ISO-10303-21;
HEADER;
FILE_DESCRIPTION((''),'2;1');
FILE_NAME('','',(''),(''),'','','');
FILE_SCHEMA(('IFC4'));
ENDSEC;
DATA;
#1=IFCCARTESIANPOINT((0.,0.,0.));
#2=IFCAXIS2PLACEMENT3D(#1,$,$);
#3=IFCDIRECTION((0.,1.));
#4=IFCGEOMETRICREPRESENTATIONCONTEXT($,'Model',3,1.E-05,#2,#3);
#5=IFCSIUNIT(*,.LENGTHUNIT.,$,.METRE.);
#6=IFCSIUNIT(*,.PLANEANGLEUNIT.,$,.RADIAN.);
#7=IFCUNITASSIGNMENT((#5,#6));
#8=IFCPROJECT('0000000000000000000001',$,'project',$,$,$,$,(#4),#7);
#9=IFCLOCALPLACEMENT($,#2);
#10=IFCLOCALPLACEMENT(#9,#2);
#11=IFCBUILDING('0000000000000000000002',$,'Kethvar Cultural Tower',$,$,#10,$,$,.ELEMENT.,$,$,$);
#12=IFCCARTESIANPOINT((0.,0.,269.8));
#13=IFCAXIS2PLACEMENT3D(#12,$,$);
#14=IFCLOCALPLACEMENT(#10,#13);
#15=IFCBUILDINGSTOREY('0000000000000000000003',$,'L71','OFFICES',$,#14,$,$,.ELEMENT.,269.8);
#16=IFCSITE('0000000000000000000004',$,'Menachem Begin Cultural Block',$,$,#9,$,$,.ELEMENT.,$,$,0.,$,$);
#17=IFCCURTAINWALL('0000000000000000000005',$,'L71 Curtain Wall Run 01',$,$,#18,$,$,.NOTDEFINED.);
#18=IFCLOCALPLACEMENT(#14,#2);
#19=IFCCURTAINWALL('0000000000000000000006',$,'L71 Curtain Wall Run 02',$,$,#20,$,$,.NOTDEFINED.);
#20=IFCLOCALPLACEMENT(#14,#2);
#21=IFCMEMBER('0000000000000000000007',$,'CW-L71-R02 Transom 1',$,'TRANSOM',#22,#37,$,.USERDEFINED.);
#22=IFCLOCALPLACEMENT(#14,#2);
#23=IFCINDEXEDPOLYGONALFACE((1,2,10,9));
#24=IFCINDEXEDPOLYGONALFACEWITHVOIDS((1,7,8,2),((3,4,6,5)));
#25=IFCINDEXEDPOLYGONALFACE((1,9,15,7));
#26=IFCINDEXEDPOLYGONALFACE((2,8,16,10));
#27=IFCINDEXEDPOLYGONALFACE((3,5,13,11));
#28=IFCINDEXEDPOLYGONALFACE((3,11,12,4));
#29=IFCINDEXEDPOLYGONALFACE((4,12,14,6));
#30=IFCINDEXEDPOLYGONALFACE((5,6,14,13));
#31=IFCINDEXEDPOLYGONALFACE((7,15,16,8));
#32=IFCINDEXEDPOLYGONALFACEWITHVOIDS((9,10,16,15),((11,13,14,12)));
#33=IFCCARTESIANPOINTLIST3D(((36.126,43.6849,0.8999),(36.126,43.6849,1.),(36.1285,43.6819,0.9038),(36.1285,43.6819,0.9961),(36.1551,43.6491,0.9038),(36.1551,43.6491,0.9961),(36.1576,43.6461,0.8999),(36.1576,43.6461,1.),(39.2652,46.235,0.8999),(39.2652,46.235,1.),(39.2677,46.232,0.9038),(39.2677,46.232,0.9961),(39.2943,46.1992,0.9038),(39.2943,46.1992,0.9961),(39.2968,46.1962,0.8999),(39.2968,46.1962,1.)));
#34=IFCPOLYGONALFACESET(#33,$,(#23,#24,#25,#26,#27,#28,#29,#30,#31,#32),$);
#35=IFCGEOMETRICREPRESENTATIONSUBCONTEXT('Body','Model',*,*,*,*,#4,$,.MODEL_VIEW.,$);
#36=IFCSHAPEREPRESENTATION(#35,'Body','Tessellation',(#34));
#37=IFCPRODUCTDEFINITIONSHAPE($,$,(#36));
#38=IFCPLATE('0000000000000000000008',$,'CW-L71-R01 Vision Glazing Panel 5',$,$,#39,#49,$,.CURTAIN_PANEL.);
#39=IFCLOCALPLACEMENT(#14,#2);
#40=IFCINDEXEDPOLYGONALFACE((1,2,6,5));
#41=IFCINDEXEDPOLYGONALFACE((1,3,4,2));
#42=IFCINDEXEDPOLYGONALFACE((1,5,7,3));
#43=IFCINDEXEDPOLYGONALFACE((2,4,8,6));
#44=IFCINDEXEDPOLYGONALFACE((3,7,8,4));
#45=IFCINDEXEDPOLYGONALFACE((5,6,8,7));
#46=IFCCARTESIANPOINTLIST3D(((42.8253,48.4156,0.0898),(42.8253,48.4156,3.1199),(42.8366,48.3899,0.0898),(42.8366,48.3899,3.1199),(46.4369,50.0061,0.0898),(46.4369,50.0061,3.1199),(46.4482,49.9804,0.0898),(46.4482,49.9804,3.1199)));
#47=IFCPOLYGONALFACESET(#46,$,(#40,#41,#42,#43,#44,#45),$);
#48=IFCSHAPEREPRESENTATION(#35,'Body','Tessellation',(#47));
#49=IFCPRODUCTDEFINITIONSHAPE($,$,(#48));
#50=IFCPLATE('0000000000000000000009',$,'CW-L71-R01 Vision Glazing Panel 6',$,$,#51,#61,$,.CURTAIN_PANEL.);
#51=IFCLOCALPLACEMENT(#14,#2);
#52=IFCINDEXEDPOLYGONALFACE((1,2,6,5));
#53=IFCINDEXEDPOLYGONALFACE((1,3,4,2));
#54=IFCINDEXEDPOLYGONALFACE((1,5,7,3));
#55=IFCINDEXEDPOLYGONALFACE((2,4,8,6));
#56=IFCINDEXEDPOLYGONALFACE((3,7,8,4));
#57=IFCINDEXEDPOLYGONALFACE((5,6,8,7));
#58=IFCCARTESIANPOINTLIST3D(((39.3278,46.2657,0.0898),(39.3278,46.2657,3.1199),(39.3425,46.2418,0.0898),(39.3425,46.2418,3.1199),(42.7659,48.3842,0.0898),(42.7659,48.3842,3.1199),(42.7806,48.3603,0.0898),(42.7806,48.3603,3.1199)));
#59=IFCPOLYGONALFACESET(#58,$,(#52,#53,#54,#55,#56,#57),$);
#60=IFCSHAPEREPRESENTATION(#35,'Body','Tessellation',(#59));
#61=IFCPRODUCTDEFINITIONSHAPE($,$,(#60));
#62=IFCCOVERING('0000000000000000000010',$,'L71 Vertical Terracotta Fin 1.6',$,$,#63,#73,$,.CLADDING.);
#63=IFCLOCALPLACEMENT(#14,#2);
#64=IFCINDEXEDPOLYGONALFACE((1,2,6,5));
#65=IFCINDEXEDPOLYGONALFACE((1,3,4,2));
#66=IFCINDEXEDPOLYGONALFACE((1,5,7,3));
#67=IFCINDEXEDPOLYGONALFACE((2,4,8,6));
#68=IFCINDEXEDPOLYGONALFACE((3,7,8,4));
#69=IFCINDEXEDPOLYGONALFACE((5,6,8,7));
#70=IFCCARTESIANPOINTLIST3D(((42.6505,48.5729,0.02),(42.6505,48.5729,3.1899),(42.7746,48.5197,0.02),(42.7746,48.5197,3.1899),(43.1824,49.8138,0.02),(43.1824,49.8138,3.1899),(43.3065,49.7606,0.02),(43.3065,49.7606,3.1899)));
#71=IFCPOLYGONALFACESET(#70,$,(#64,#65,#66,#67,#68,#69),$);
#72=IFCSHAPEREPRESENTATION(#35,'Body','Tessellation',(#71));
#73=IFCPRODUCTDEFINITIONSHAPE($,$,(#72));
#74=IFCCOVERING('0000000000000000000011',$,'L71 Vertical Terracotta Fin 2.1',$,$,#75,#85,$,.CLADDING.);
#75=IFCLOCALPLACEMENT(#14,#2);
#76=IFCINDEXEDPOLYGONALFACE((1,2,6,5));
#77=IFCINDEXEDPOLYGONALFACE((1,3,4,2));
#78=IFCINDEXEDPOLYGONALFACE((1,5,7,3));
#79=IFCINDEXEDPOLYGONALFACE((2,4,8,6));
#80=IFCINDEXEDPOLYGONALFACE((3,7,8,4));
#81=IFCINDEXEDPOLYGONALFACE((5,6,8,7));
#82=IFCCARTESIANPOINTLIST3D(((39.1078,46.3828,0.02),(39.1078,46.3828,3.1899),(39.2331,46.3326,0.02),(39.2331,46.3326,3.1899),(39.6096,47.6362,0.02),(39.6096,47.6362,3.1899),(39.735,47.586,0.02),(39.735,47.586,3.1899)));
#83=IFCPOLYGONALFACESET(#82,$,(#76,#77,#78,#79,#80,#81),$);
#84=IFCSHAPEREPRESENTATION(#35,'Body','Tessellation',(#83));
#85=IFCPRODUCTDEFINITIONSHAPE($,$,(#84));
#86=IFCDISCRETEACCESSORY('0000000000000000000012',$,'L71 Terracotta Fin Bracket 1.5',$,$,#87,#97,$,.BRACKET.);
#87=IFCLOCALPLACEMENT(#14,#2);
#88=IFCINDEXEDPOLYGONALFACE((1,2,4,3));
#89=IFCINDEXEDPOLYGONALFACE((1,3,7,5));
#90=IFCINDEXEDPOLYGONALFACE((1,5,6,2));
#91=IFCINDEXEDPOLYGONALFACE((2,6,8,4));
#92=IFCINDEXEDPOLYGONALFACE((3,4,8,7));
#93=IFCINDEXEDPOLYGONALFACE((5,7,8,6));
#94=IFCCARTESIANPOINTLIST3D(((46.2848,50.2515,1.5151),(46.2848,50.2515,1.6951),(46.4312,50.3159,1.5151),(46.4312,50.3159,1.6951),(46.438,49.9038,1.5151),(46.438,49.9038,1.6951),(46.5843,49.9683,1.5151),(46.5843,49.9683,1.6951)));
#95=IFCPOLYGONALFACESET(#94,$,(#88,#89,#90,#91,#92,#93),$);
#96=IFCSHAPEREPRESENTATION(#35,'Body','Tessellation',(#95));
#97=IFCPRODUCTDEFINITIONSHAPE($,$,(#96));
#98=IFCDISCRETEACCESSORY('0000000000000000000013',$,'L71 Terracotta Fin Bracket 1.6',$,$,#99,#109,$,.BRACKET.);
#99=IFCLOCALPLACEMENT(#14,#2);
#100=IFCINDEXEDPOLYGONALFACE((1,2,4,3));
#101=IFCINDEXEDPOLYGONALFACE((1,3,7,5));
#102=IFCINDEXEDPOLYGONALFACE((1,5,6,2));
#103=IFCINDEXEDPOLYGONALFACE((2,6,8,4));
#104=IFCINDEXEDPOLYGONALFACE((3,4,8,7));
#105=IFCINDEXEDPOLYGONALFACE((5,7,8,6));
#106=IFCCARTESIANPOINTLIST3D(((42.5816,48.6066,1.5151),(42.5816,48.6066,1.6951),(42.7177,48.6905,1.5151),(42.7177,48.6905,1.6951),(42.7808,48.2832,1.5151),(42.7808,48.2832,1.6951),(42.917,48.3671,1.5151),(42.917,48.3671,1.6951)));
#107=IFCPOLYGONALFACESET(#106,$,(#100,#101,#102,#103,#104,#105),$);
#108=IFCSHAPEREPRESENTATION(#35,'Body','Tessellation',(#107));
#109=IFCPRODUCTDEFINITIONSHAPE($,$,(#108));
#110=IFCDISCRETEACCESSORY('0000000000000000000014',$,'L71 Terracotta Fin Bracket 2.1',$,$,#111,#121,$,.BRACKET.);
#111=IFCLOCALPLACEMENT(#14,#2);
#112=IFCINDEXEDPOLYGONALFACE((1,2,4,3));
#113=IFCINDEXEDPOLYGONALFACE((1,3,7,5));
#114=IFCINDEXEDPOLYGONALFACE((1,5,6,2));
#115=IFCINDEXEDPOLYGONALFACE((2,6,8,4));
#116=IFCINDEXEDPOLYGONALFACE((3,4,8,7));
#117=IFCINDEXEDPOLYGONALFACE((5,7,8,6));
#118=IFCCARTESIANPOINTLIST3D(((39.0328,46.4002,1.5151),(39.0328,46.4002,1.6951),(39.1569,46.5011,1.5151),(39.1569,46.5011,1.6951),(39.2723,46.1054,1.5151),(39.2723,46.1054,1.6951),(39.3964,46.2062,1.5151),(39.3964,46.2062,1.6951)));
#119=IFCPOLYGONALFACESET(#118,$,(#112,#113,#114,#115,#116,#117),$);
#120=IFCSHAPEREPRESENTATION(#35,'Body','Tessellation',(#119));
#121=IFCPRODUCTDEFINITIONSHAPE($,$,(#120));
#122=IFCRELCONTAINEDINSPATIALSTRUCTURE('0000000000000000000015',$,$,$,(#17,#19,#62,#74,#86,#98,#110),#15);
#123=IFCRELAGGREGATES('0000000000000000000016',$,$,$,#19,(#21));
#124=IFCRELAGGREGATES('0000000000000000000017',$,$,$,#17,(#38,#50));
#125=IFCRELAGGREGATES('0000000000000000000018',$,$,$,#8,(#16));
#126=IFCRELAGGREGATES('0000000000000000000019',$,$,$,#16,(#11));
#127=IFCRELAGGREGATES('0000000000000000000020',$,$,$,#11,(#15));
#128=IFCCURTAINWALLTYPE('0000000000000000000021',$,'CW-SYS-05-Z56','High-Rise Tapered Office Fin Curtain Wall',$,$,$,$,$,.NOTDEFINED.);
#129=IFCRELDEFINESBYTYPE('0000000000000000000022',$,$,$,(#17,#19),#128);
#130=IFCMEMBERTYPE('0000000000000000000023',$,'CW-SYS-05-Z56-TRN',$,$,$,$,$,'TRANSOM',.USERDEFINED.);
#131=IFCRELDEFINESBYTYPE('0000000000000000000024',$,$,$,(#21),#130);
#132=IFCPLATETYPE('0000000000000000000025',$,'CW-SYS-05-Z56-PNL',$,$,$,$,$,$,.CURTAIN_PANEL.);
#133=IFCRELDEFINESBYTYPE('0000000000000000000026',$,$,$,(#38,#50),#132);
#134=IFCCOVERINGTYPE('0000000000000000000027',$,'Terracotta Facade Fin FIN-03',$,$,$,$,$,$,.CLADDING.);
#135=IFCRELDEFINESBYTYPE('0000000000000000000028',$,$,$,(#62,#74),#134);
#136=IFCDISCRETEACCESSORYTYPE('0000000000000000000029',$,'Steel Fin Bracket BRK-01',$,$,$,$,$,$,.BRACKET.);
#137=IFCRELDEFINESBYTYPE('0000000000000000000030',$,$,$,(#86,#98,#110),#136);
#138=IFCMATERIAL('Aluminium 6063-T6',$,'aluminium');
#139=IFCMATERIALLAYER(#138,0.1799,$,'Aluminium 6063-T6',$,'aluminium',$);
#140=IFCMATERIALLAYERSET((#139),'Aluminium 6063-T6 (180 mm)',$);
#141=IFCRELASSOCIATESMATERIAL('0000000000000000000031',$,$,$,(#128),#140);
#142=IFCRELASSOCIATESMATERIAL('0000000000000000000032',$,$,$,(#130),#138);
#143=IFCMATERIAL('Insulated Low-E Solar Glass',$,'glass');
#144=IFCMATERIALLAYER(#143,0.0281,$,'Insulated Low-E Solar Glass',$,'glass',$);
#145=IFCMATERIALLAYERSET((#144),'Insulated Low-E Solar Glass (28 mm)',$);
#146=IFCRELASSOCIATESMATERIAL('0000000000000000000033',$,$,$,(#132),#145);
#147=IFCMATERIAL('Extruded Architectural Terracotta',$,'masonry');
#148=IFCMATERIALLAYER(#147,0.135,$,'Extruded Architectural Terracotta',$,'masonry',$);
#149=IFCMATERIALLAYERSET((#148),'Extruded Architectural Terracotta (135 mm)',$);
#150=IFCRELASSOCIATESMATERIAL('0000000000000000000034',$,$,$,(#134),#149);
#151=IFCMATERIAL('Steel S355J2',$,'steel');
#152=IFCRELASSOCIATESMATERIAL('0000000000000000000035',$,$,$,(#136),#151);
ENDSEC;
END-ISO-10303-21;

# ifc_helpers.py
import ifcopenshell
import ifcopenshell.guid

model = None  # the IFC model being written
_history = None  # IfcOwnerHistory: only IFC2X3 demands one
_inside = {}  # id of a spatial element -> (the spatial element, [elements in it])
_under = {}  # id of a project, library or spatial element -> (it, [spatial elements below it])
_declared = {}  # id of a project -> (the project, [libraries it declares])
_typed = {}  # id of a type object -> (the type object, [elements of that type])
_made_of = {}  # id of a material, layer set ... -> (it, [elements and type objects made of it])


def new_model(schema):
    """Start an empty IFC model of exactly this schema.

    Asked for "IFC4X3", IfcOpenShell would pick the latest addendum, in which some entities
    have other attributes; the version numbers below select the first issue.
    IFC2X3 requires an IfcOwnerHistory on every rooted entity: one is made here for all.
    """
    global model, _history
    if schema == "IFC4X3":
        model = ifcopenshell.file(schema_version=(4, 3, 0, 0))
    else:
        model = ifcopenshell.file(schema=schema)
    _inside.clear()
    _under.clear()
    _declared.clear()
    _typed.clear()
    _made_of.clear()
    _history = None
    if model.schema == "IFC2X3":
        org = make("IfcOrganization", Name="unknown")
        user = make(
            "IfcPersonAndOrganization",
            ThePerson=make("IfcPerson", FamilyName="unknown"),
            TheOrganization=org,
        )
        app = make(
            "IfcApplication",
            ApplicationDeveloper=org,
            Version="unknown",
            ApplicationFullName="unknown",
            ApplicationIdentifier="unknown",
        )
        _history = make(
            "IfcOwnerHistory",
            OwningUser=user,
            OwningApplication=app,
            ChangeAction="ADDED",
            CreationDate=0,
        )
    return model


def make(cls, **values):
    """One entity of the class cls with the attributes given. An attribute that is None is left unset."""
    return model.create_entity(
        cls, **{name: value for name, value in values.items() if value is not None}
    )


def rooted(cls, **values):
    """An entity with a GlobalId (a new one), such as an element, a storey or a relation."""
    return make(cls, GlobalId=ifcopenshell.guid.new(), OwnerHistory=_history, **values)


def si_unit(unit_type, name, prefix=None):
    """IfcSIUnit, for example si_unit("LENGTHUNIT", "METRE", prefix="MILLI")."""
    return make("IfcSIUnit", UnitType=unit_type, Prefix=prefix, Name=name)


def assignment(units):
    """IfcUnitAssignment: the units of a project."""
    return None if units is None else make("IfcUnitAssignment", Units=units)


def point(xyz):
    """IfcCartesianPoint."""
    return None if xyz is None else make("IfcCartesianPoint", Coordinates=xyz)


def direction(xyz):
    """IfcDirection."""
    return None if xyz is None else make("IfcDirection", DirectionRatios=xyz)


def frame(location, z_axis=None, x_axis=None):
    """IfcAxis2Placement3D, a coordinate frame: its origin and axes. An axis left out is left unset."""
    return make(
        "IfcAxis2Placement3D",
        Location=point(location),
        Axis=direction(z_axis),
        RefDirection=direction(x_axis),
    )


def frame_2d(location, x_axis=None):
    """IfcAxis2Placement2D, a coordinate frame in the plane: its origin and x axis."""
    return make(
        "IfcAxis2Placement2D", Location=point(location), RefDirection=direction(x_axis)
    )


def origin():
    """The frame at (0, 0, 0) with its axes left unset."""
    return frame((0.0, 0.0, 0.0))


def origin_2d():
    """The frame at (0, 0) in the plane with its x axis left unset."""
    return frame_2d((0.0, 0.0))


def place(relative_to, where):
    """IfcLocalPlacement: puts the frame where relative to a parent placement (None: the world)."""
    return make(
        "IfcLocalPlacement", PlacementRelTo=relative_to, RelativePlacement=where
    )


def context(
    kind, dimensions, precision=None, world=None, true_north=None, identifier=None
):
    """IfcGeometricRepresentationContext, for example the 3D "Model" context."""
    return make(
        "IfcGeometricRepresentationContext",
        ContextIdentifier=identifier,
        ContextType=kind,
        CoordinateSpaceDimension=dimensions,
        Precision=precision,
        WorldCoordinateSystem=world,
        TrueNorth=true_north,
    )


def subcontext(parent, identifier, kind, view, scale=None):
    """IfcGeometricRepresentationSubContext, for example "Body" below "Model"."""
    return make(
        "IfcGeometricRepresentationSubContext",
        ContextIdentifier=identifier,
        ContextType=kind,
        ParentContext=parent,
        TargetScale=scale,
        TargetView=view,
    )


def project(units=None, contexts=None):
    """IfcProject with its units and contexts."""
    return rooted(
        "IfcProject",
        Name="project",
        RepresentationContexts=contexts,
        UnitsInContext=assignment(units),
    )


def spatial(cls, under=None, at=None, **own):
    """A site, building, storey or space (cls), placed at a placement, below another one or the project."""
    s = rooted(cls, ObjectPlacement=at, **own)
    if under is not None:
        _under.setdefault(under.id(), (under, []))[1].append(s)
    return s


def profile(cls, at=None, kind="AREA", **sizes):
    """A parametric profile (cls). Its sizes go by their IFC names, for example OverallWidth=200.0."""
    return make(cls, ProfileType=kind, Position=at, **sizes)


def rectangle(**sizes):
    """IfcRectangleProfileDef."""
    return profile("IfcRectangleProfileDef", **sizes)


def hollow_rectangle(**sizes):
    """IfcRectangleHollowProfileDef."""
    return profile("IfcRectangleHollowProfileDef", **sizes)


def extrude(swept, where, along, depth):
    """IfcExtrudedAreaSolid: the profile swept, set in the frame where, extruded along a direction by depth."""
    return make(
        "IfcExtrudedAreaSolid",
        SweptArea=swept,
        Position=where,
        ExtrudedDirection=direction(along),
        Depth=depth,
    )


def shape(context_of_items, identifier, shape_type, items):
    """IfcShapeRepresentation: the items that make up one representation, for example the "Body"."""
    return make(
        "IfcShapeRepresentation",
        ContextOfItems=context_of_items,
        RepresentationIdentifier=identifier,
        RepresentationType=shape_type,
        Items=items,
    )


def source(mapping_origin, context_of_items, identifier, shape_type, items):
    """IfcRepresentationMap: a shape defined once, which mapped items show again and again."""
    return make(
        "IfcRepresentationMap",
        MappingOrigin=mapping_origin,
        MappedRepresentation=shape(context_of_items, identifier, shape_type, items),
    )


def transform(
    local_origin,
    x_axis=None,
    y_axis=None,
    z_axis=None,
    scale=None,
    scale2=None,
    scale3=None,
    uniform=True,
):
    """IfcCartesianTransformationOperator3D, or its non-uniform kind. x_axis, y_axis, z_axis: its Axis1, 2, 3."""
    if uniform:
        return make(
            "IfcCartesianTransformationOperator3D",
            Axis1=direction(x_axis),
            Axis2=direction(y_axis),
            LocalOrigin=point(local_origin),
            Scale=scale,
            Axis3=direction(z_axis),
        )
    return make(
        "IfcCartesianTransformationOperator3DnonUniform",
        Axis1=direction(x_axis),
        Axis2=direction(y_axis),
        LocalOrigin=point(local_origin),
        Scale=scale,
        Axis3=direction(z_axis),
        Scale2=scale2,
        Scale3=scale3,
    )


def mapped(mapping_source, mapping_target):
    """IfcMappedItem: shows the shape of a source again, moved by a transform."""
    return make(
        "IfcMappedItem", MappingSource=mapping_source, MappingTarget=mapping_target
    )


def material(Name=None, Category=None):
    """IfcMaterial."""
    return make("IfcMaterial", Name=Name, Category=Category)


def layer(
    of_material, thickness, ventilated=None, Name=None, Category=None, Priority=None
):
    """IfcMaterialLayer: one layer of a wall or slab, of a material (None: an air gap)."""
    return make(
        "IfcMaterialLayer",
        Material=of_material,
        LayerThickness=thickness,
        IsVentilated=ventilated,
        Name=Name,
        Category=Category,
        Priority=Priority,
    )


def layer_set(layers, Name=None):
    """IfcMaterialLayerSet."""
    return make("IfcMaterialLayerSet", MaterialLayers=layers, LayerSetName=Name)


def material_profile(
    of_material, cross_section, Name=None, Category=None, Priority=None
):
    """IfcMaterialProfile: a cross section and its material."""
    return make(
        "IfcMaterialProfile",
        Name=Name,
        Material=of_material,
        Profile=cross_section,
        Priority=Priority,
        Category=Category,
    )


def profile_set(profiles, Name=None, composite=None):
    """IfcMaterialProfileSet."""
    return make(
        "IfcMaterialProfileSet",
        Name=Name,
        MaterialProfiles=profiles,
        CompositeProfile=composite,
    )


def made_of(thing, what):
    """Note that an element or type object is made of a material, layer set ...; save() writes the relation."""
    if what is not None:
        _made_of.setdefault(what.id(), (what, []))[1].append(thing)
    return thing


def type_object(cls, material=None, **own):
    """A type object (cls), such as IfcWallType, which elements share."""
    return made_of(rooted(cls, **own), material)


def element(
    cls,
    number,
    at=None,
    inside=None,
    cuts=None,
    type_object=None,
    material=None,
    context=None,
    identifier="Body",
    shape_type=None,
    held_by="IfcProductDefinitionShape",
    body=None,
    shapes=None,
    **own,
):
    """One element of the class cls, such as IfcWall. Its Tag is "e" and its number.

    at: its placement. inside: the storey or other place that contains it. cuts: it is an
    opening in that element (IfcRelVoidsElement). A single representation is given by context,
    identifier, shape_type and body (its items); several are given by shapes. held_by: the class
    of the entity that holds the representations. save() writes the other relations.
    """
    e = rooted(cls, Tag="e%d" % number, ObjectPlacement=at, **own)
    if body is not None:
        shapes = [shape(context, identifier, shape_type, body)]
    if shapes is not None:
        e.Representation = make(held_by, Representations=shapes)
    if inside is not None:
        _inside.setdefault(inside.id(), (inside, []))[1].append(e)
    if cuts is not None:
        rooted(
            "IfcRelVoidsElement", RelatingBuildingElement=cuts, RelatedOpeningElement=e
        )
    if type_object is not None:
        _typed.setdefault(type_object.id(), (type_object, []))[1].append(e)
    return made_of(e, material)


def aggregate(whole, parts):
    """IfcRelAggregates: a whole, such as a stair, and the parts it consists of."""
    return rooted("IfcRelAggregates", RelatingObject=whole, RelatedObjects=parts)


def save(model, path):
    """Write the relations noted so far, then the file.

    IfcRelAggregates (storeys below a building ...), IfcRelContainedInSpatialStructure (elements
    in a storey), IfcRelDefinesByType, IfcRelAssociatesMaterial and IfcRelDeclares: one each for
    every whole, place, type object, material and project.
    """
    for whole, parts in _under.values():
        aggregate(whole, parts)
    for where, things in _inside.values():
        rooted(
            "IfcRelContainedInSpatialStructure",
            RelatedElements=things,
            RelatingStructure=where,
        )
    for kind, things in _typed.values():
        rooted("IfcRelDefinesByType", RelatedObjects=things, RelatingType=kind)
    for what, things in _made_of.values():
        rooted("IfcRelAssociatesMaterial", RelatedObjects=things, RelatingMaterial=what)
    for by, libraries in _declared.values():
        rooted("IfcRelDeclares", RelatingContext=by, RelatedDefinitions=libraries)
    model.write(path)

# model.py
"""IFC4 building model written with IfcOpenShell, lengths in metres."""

from ifc_helpers import new_model, si_unit, direction, frame, origin, origin_2d, place, context, subcontext, project, spatial, rectangle, hollow_rectangle, extrude, source, transform, mapped, material, layer, layer_set, material_profile, profile_set, type_object, element, aggregate, save


model = new_model("IFC4")

# Units and contexts
model_context = context("Model", 3, precision=1e-05, world=origin(), true_north=direction((0.0, 1.0)))
body_context = subcontext(model_context, "Body", "Model", "MODEL_VIEW")
ifc_project = project(units=[si_unit("LENGTHUNIT", "METRE"), si_unit("PLANEANGLEUNIT", "RADIAN")], contexts=[model_context])

# Site, building, storey
site_placement = place(None, origin())
site = spatial("IfcSite", under=ifc_project, at=site_placement, Name="Menachem Begin Cultural Block", CompositionType="ELEMENT", RefElevation=0.0)
building_placement = place(site_placement, origin())
building = spatial("IfcBuilding", under=site, at=building_placement, Name="Kethvar Cultural Tower", CompositionType="ELEMENT")
storey_placement = place(building_placement, frame((0.0, 0.0, 269.8)))
storey = spatial("IfcBuildingStorey", under=building, at=storey_placement, Name="L71", Description="OFFICES", CompositionType="ELEMENT", Elevation=269.8)

# Shared definitions
ifc_material_1 = material(Name="Steel S355J2", Category="steel")

# Curtain wall
ifc_material_2 = material(Name="Aluminium 6063-T6", Category="aluminium")
ifc_layer_1 = layer(ifc_material_2, 0.1799, Name="Aluminium 6063-T6", Category="aluminium")
ifc_layer_set_1 = layer_set([ifc_layer_1], Name="Aluminium 6063-T6 (180 mm)")
curtain_wall_type = type_object("IfcCurtainWallType", Name="CW-SYS-05-Z56", Description="High-Rise Tapered Office Fin Curtain Wall", PredefinedType="NOTDEFINED", material=ifc_layer_set_1)
curtain_wall_1_placement = place(storey_placement, origin())
curtain_wall_1 = element("IfcCurtainWall", 1, at=curtain_wall_1_placement, inside=storey, type_object=curtain_wall_type, Name="L71 Curtain Wall Run 01", PredefinedType="NOTDEFINED")

# Curtain wall
curtain_wall_2_placement = place(storey_placement, origin())
curtain_wall_2 = element("IfcCurtainWall", 2, at=curtain_wall_2_placement, inside=storey, type_object=curtain_wall_type, Name="L71 Curtain Wall Run 02", PredefinedType="NOTDEFINED")

# Member
ifc_material_profile_1 = material_profile(ifc_material_2, hollow_rectangle(XDim=0.05, YDim=0.1001, WallThickness=0.0039, at=origin_2d()), Name="Aluminium 6063-T6 — RHS100x50x4")
ifc_profile_set_1 = profile_set([ifc_material_profile_1], Name="Aluminium 6063-T6 — RHS100x50x4")
member_type_1 = type_object("IfcMemberType", Name="CW-SYS-05-Z56-TRN", ElementType="TRANSOM", PredefinedType="USERDEFINED", material=ifc_profile_set_1)
shared_shape_1 = source(origin(), body_context, "Body", "SweptSolid", [
    extrude(hollow_rectangle(XDim=0.05, YDim=0.1001, WallThickness=0.0039, at=origin_2d()), origin(), (0.0, 0.0, 1.0), 4.0444),
])
member_1_placement = place(storey_placement, frame((39.281, 46.2156, 0.95), z_axis=(-0.776177, -0.630515, 0.0), x_axis=(0.630515, -0.776177, 0.0)))
member_1 = element("IfcMember", 3, at=member_1_placement, type_object=member_type_1, Name="CW-L71-R02 Transom 1", ObjectType="TRANSOM", PredefinedType="USERDEFINED", context=body_context, shape_type="MappedRepresentation", body=[
    mapped(shared_shape_1, transform((0.0, 0.0, 0.0), scale=1.0)),
])
aggregate(curtain_wall_2, [member_1])

# Plates
ifc_material_3 = material(Name="Insulated Low-E Solar Glass", Category="glass")
ifc_layer_2 = layer(ifc_material_3, 0.0281, Name="Insulated Low-E Solar Glass", Category="glass")
ifc_layer_set_2 = layer_set([ifc_layer_2], Name="Insulated Low-E Solar Glass (28 mm)")
plate_type = type_object("IfcPlateType", Name="CW-SYS-05-Z56-PNL", PredefinedType="CURTAIN_PANEL", material=ifc_layer_set_2)
shared_shape_2 = source(origin(), body_context, "Body", "SweptSolid", [
    extrude(rectangle(XDim=3.9463, YDim=0.0281, at=origin_2d()), origin(), (0.0, 0.0, 1.0), 3.03),
])
plate_1_placement = place(storey_placement, frame((44.6367, 49.198, 0.0898), z_axis=(0.0, 0.0, 1.0), x_axis=(-0.915185, -0.403034, 0.0)))
plate_1 = element("IfcPlate", 4, at=plate_1_placement, type_object=plate_type, Name="CW-L71-R01 Vision Glazing Panel 5", PredefinedType="CURTAIN_PANEL", context=body_context, shape_type="MappedRepresentation", body=[
    mapped(shared_shape_2, transform((0.0, 0.0, 0.0), scale=1.0)),
])
shared_shape_3 = source(origin(), body_context, "Body", "SweptSolid", [
    extrude(rectangle(XDim=4.0383, YDim=0.0281, at=origin_2d()), origin(), (0.0, 0.0, 1.0), 3.03),
])
plate_2_placement = place(storey_placement, frame((41.0542, 47.313, 0.0898), z_axis=(0.0, 0.0, 1.0), x_axis=(-0.851352, -0.524595, 0.0)))
plate_2 = element("IfcPlate", 5, at=plate_2_placement, type_object=plate_type, Name="CW-L71-R01 Vision Glazing Panel 6", PredefinedType="CURTAIN_PANEL", context=body_context, shape_type="MappedRepresentation", body=[
    mapped(shared_shape_3, transform((0.0, 0.0, 0.0), scale=1.0)),
])
aggregate(curtain_wall_1, [plate_1, plate_2])

# Coverings
ifc_material_4 = material(Name="Extruded Architectural Terracotta", Category="masonry")
ifc_layer_3 = layer(ifc_material_4, 0.135, Name="Extruded Architectural Terracotta", Category="masonry")
ifc_layer_set_3 = layer_set([ifc_layer_3], Name="Extruded Architectural Terracotta (135 mm)")
covering_type = type_object("IfcCoveringType", Name="Terracotta Facade Fin FIN-03", PredefinedType="CLADDING", material=ifc_layer_set_3)
shared_shape_4 = source(origin(), body_context, "Body", "SweptSolid", [
    extrude(rectangle(XDim=1.3501, YDim=0.135, at=origin_2d()), origin(), (0.0, 0.0, 1.0), 3.1699),
])
for number, where, z_axis, x_axis, name in (
    (6, (42.9785, 49.1667, 0.02), (0.0, 0.0, 1.0), (0.393942, 0.919135, 0.0), "L71 Vertical Terracotta Fin 1.6"),
    (7, (39.4214, 46.9844, 0.02), (0.0, 0.0, 1.0), (0.371692, 0.928356, 0.0), "L71 Vertical Terracotta Fin 2.1"),
):
    element("IfcCovering", number, at=place(storey_placement, frame(where, z_axis=z_axis, x_axis=x_axis)), inside=storey, type_object=covering_type, Name=name, PredefinedType="CLADDING", context=body_context, shape_type="MappedRepresentation", body=[
        mapped(shared_shape_4, transform((0.0, 0.0, 0.0), scale=1.0)),
    ])

# Discrete accessories
discrete_accessory_type = type_object("IfcDiscreteAccessoryType", Name="Steel Fin Bracket BRK-01", PredefinedType="BRACKET", material=ifc_material_1)
shared_shape_5 = source(origin(), body_context, "Body", "SweptSolid", [
    extrude(rectangle(XDim=0.3799, YDim=0.1599, at=origin_2d()), origin(), (0.0, 0.0, 1.0), 0.1799),
])
for number, where, z_axis, x_axis, name in (
    (8, (46.4346, 50.1099, 1.5151), (0.0, 0.0, 1.0), (-0.403066, 0.915171, 0.0), "L71 Terracotta Fin Bracket 1.5"),
    (9, (42.7493, 48.4868, 1.5151), (0.0, 0.0, 1.0), (-0.52458, 0.851361, 0.0), "L71 Terracotta Fin Bracket 1.6"),
    (10, (39.2146, 46.3032, 1.5151), (0.0, 0.0, 1.0), (-0.63054, 0.776156, 0.0), "L71 Terracotta Fin Bracket 2.1"),
):
    element("IfcDiscreteAccessory", number, at=place(storey_placement, frame(where, z_axis=z_axis, x_axis=x_axis)), inside=storey, type_object=discrete_accessory_type, Name=name, PredefinedType="BRACKET", context=body_context, shape_type="MappedRepresentation", body=[
        mapped(shared_shape_5, transform((0.0, 0.0, 0.0), scale=1.0)),
    ])

save(model, "model.ifc")
